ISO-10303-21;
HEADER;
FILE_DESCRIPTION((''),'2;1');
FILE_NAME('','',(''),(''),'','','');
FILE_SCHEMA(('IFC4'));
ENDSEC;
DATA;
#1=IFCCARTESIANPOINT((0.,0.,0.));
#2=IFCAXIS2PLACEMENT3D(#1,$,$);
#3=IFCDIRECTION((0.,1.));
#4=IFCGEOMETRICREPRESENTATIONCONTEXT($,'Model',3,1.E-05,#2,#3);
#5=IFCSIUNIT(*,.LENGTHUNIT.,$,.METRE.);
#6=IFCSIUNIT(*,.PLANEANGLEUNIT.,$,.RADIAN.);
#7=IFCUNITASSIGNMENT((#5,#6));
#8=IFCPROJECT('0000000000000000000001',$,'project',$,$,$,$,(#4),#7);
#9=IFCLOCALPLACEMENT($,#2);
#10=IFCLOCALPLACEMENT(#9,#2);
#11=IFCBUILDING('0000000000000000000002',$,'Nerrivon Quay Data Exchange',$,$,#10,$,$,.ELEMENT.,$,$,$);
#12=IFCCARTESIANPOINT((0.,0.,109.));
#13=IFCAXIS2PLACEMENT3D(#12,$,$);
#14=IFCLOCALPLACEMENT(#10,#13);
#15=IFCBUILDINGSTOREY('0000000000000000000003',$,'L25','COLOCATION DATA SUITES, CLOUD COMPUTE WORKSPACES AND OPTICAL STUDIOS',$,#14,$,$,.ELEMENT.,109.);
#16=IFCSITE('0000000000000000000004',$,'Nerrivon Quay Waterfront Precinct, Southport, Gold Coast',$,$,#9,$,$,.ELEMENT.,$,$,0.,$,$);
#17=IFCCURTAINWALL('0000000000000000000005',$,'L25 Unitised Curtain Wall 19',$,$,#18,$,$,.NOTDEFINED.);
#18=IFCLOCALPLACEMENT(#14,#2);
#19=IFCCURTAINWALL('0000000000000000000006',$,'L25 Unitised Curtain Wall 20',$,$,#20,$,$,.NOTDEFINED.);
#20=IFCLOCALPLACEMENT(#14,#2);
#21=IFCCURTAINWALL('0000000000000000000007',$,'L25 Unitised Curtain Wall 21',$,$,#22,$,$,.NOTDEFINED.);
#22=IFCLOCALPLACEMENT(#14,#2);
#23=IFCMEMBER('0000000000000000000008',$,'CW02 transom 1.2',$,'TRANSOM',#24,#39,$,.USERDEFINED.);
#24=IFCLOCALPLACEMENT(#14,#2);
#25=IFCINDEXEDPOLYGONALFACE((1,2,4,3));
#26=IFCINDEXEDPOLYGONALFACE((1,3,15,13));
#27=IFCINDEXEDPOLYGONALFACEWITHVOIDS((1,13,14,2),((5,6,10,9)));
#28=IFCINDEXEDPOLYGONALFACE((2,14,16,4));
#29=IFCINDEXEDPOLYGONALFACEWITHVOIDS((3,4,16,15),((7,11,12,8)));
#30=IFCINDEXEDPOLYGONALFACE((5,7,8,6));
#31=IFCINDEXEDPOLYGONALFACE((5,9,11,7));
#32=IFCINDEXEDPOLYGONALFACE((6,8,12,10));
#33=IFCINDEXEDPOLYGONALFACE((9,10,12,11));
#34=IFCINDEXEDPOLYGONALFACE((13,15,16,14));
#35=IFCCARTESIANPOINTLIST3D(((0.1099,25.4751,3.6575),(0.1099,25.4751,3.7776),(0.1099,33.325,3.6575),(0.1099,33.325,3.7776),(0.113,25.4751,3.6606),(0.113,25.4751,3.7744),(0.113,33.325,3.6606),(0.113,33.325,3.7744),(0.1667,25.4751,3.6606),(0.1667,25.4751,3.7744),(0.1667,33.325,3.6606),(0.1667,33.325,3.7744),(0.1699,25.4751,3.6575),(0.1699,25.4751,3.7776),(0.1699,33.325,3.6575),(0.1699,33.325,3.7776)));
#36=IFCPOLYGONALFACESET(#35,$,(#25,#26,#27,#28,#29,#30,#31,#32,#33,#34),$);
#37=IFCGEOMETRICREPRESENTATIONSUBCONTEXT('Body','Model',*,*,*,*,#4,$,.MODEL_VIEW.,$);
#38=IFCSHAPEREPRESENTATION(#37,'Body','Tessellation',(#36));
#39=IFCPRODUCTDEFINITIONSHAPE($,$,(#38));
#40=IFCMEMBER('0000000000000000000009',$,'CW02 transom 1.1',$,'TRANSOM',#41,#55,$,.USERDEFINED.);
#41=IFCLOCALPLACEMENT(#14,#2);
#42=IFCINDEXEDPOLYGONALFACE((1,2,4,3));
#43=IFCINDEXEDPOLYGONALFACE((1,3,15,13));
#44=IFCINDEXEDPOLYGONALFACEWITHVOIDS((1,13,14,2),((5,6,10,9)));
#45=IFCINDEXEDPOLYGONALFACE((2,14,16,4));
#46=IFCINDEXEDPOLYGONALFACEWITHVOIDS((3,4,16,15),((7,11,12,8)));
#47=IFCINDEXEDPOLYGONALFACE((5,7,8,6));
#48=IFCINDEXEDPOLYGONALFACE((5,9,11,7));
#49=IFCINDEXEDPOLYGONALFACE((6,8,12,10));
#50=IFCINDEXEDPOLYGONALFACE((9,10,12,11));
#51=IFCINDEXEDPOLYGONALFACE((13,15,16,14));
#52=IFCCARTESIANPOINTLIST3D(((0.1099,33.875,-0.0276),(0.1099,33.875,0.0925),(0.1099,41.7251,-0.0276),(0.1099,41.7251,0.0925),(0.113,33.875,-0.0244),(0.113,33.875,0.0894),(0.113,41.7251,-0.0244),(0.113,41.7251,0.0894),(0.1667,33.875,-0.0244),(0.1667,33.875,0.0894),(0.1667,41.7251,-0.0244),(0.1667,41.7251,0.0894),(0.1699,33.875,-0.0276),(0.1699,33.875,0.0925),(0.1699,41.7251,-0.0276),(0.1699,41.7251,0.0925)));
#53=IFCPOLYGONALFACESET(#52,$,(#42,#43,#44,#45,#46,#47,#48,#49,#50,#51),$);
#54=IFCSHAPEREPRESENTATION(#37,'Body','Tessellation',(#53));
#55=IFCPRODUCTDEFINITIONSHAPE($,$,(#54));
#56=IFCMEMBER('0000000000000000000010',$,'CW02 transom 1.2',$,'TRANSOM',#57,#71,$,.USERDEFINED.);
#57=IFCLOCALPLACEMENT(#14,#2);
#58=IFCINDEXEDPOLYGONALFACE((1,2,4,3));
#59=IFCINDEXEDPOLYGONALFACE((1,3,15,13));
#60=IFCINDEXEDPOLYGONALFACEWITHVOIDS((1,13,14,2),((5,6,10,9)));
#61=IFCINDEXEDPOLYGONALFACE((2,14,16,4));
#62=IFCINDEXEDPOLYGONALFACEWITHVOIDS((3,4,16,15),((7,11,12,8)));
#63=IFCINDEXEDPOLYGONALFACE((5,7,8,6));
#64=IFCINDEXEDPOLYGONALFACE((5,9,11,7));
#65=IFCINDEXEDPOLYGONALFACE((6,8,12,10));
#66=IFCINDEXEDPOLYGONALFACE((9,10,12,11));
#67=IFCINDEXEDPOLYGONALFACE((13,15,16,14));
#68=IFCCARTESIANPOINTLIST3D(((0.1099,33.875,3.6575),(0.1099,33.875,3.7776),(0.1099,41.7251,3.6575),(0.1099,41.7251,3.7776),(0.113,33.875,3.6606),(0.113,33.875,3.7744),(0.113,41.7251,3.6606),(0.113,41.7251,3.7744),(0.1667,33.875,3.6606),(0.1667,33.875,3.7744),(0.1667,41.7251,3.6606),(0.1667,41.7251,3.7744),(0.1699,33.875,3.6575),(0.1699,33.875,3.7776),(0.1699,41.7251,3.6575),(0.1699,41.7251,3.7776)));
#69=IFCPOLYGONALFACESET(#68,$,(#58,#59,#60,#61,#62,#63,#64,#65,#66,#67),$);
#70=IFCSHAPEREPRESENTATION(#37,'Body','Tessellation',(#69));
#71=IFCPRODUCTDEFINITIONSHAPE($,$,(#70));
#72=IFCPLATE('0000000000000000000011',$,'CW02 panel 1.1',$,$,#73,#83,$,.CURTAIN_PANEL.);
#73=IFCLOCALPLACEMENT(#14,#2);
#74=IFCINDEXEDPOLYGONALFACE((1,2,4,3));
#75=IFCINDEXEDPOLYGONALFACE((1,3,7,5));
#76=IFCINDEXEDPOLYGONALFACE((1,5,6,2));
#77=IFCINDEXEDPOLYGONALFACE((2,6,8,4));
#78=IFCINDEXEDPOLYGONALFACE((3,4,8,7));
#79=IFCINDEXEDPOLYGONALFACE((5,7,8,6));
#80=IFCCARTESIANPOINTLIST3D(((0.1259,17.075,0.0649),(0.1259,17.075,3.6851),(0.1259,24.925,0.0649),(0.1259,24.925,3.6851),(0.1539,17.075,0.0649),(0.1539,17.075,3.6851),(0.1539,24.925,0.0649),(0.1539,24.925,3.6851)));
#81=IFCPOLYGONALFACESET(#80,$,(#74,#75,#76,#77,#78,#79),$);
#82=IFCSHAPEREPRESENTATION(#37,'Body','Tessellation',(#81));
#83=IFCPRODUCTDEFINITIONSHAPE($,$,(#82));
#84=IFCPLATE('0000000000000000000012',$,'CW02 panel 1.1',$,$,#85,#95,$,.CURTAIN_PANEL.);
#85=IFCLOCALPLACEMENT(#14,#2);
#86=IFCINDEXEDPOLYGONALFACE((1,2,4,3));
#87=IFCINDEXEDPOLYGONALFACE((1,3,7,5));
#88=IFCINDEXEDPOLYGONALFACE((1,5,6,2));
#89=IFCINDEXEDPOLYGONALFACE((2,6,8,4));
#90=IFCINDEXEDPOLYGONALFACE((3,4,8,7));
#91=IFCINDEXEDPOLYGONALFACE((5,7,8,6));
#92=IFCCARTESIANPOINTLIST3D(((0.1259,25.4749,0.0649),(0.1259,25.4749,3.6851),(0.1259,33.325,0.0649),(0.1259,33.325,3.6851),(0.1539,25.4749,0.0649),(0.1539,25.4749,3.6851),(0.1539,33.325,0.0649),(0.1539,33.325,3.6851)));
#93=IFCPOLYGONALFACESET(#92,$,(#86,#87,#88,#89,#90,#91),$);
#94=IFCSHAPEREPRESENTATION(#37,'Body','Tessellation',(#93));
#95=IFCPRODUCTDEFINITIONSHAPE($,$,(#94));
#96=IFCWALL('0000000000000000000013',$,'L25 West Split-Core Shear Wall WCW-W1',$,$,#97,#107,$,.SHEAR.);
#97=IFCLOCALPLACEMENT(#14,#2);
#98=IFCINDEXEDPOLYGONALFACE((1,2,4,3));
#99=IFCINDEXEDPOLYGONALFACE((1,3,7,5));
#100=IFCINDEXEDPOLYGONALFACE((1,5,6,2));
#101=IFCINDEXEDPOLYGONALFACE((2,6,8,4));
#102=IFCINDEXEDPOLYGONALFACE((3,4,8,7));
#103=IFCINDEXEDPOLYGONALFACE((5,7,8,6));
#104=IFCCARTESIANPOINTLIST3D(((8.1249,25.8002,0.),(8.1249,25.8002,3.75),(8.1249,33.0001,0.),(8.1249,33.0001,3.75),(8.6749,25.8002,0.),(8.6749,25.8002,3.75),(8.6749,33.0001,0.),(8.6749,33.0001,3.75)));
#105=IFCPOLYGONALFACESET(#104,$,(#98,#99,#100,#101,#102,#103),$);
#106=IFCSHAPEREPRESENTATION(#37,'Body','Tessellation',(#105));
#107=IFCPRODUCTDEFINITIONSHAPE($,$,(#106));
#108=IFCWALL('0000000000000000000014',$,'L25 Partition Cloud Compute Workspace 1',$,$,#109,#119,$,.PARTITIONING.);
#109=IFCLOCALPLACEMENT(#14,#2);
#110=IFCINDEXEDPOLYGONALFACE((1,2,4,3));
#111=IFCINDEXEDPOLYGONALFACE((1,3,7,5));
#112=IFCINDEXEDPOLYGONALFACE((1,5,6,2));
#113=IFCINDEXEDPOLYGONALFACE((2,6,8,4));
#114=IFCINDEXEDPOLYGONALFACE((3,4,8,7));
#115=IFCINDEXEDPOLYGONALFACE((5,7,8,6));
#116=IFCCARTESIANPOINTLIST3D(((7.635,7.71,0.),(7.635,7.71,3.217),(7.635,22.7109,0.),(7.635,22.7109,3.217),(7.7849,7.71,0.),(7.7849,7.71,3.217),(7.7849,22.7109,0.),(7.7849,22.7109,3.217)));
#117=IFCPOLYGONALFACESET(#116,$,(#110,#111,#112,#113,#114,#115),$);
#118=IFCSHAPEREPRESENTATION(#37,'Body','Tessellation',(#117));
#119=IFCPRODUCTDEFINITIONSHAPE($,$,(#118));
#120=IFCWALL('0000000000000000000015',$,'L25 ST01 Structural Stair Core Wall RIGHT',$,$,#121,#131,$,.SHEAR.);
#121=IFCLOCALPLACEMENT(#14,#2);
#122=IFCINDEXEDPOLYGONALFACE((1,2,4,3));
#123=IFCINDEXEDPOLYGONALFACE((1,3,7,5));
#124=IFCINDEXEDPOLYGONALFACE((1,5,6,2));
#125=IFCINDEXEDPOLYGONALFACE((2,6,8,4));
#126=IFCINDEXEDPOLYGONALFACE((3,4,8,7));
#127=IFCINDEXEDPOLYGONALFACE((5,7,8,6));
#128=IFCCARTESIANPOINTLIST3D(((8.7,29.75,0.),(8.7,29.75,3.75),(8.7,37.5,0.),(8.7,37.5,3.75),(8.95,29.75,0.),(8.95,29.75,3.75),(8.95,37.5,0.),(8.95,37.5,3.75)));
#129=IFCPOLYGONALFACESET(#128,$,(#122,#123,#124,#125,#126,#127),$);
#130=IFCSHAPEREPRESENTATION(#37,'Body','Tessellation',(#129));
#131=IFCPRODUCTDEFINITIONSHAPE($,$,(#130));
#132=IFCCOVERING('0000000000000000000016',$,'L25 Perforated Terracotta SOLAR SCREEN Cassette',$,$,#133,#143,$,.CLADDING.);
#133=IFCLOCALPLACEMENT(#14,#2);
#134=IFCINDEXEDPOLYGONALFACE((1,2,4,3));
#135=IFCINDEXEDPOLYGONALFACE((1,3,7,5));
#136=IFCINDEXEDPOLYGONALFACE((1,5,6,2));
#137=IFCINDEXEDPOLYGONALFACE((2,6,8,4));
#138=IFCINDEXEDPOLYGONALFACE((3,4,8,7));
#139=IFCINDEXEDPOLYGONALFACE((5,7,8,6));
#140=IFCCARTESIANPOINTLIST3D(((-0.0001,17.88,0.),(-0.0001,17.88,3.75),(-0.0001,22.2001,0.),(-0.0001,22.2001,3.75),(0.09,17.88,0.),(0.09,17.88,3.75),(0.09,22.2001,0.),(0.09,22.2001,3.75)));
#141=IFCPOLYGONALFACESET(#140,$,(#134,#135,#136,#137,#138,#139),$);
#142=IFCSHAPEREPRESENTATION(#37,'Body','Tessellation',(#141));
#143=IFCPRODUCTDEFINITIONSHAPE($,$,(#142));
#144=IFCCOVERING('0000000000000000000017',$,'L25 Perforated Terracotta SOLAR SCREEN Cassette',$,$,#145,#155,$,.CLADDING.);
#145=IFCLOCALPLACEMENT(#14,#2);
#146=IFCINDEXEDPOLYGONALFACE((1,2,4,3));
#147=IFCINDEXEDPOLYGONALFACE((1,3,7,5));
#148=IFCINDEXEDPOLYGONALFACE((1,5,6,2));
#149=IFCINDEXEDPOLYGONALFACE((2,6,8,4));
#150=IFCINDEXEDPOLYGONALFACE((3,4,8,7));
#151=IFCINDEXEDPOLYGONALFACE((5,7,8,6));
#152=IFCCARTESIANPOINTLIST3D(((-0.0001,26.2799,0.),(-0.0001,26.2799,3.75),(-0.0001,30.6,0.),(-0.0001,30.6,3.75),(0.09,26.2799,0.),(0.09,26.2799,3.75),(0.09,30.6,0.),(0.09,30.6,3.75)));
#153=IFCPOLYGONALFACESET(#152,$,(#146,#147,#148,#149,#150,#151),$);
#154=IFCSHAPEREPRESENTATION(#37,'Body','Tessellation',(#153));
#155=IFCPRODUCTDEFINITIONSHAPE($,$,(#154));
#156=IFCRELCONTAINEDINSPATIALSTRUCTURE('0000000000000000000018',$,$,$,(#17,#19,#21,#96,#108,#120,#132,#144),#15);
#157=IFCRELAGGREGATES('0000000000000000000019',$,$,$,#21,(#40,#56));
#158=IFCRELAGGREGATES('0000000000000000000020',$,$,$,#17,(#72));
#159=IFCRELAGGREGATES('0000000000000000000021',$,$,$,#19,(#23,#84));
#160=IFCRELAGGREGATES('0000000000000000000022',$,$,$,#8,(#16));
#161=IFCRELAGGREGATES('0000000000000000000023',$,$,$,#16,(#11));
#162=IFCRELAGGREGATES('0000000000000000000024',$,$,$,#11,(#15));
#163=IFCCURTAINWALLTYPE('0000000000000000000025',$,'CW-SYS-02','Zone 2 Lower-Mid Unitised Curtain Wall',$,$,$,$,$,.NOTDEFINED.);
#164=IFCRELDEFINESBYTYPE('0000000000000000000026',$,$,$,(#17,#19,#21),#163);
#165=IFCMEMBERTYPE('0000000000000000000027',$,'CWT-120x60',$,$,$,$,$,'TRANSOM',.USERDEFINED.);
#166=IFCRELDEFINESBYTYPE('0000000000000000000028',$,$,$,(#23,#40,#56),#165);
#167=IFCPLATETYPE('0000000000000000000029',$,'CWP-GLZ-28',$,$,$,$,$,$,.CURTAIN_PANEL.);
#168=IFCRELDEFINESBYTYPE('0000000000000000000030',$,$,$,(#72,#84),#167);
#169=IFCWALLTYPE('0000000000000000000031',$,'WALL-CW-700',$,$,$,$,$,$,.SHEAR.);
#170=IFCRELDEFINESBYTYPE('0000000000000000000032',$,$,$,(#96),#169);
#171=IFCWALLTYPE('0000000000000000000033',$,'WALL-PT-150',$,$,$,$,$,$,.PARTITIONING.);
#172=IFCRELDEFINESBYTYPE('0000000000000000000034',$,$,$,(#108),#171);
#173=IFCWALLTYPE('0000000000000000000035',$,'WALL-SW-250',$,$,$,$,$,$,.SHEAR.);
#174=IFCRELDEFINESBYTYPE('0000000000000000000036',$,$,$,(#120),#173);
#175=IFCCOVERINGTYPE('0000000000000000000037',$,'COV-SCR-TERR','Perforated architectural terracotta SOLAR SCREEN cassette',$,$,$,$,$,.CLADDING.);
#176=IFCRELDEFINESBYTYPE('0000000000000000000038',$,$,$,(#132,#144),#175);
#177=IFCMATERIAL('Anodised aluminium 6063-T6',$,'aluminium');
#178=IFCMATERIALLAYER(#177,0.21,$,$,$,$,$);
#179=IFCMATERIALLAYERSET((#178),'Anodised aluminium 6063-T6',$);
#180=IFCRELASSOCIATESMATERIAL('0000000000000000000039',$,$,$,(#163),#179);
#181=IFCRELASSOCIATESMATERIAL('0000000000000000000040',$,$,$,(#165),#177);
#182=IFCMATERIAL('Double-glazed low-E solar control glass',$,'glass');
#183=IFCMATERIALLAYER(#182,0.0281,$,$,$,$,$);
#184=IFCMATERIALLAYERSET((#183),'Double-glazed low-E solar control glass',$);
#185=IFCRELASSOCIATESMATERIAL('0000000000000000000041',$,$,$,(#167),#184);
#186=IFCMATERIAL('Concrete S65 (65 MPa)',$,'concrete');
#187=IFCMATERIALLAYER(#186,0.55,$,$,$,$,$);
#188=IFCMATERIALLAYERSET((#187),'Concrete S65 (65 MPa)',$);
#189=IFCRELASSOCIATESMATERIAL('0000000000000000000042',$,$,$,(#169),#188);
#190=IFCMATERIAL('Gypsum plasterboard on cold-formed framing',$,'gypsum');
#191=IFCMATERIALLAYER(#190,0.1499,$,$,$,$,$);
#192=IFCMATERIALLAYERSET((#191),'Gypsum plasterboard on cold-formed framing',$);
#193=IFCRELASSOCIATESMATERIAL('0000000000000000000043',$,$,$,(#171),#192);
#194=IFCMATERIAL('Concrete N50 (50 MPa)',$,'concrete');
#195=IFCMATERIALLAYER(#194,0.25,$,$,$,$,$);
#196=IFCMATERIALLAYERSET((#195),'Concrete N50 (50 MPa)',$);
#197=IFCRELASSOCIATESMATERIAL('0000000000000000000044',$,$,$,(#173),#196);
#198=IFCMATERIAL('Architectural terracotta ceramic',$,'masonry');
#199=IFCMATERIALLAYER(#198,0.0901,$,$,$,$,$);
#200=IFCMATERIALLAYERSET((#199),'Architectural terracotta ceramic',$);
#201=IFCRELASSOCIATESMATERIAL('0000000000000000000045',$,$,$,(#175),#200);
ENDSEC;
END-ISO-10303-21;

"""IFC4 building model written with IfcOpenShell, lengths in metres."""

from ifc_helpers import new_model, si_unit, direction, frame, frame_2d, origin, origin_2d, place, context, subcontext, project, spatial, rectangle, hollow_rectangle, extrude, material, layer, layer_set, material_profile, profile_set, type_object, element, aggregate, save


model = new_model("IFC4")

# Units and contexts
model_context = context("Model", 3, precision=1e-05, world=origin(), true_north=direction((0.0, 1.0)))
body_context = subcontext(model_context, "Body", "Model", "MODEL_VIEW")
ifc_project = project(units=[si_unit("LENGTHUNIT", "METRE"), si_unit("PLANEANGLEUNIT", "RADIAN")], contexts=[model_context])

# Site, building, storey
site_placement = place(None, origin())
site = spatial("IfcSite", under=ifc_project, at=site_placement, Name="Nerrivon Quay Waterfront Precinct, Southport, Gold Coast", CompositionType="ELEMENT", RefElevation=0.0)
building_placement = place(site_placement, origin())
building = spatial("IfcBuilding", under=site, at=building_placement, Name="Nerrivon Quay Data Exchange", CompositionType="ELEMENT")
storey_placement = place(building_placement, frame((0.0, 0.0, 109.0)))
storey = spatial("IfcBuildingStorey", under=building, at=storey_placement, Name="L25", Description="COLOCATION DATA SUITES, CLOUD COMPUTE WORKSPACES AND OPTICAL STUDIOS", CompositionType="ELEMENT", Elevation=109.0)

# Shared definitions
ifc_material_1 = material(Name="Concrete S65 (65 MPa)", Category="concrete")

# Curtain walls
ifc_material_2 = material(Name="Anodised aluminium 6063-T6", Category="aluminium")
ifc_layer_1 = layer(ifc_material_2, 0.21)
ifc_layer_set_1 = layer_set([ifc_layer_1], Name="Anodised aluminium 6063-T6")
curtain_wall_type = type_object("IfcCurtainWallType", Name="CW-SYS-02", Description="Zone 2 Lower-Mid Unitised Curtain Wall", PredefinedType="NOTDEFINED", material=ifc_layer_set_1)
curtain_wall_1_placement = place(storey_placement, origin())
curtain_wall_1 = element("IfcCurtainWall", 1, at=curtain_wall_1_placement, inside=storey, type_object=curtain_wall_type, Name="L25 Unitised Curtain Wall 19", PredefinedType="NOTDEFINED")
curtain_wall_2_placement = place(storey_placement, origin())
curtain_wall_2 = element("IfcCurtainWall", 2, at=curtain_wall_2_placement, inside=storey, type_object=curtain_wall_type, Name="L25 Unitised Curtain Wall 20", PredefinedType="NOTDEFINED")

# Curtain wall
curtain_wall_3_placement = place(storey_placement, origin())
curtain_wall_3 = element("IfcCurtainWall", 3, at=curtain_wall_3_placement, inside=storey, type_object=curtain_wall_type, Name="L25 Unitised Curtain Wall 21", PredefinedType="NOTDEFINED")

# Members
ifc_material_profile_1 = material_profile(ifc_material_2, hollow_rectangle(XDim=0.0601, YDim=0.1201, WallThickness=0.0032, at=origin_2d()), Name="ALU-TRAN-120x60")
ifc_profile_set_1 = profile_set([ifc_material_profile_1], Name="Anodised aluminium 6063-T6")
member_type_1 = type_object("IfcMemberType", Name="CWT-120x60", ElementType="TRANSOM", PredefinedType="USERDEFINED", material=ifc_profile_set_1)
member_1_placement = place(storey_placement, frame((0.1399, 25.4751, 3.7175), z_axis=(0.0, 1.0, 0.0), x_axis=(-1.0, 0.0, 0.0)))
member_1 = element("IfcMember", 4, at=member_1_placement, type_object=member_type_1, Name="CW02 transom 1.2", ObjectType="TRANSOM", PredefinedType="USERDEFINED", context=body_context, shape_type="SweptSolid", body=[
    extrude(hollow_rectangle(XDim=0.0601, YDim=0.1201, WallThickness=0.0032, at=origin_2d()), origin(), (0.0, 0.0, 1.0), 7.8499),
])
member_2_placement = place(storey_placement, frame((0.1399, 33.875, 0.0325), z_axis=(0.0, 1.0, 0.0), x_axis=(-1.0, 0.0, 0.0)))
member_2 = element("IfcMember", 5, at=member_2_placement, type_object=member_type_1, Name="CW02 transom 1.1", ObjectType="TRANSOM", PredefinedType="USERDEFINED", context=body_context, shape_type="SweptSolid", body=[
    extrude(hollow_rectangle(XDim=0.0601, YDim=0.1201, WallThickness=0.0032, at=origin_2d()), origin(), (0.0, 0.0, 1.0), 7.8501),
])
member_3_placement = place(storey_placement, frame((0.1399, 33.875, 3.7175), z_axis=(0.0, 1.0, 0.0), x_axis=(-1.0, 0.0, 0.0)))
member_3 = element("IfcMember", 6, at=member_3_placement, type_object=member_type_1, Name="CW02 transom 1.2", ObjectType="TRANSOM", PredefinedType="USERDEFINED", context=body_context, shape_type="SweptSolid", body=[
    extrude(hollow_rectangle(XDim=0.0601, YDim=0.1201, WallThickness=0.0032, at=origin_2d()), origin(), (0.0, 0.0, 1.0), 7.8501),
])
aggregate(curtain_wall_3, [member_2, member_3])

# Plates
ifc_material_3 = material(Name="Double-glazed low-E solar control glass", Category="glass")
ifc_layer_2 = layer(ifc_material_3, 0.0281)
ifc_layer_set_2 = layer_set([ifc_layer_2], Name="Double-glazed low-E solar control glass")
plate_type = type_object("IfcPlateType", Name="CWP-GLZ-28", PredefinedType="CURTAIN_PANEL", material=ifc_layer_set_2)
plate_1_placement = place(storey_placement, frame((0.1399, 21.0, 0.0649), z_axis=(0.0, 0.0, 1.0), x_axis=(0.0, 1.0, 0.0)))
plate_1 = element("IfcPlate", 7, at=plate_1_placement, type_object=plate_type, Name="CW02 panel 1.1", PredefinedType="CURTAIN_PANEL", context=body_context, shape_type="SweptSolid", body=[
    extrude(rectangle(XDim=7.8501, YDim=0.0281, at=origin_2d()), origin(), (0.0, 0.0, 1.0), 3.6201),
])
aggregate(curtain_wall_1, [plate_1])
plate_2_placement = place(storey_placement, frame((0.1399, 29.3999, 0.0649), z_axis=(0.0, 0.0, 1.0), x_axis=(0.0, 1.0, 0.0)))
plate_2 = element("IfcPlate", 8, at=plate_2_placement, type_object=plate_type, Name="CW02 panel 1.1", PredefinedType="CURTAIN_PANEL", context=body_context, shape_type="SweptSolid", body=[
    extrude(rectangle(XDim=7.8501, YDim=0.0281, at=origin_2d()), origin(), (0.0, 0.0, 1.0), 3.6201),
])
aggregate(curtain_wall_2, [member_1, plate_2])

# Walls
ifc_layer_3 = layer(ifc_material_1, 0.55)
ifc_layer_set_3 = layer_set([ifc_layer_3], Name="Concrete S65 (65 MPa)")
wall_type_1 = type_object("IfcWallType", Name="WALL-CW-700", PredefinedType="SHEAR", material=ifc_layer_set_3)
wall_1_placement = place(storey_placement, frame((8.3999, 25.8, 0.0), z_axis=(0.0, 0.0, 1.0), x_axis=(0.0, 1.0, 0.0)))
element("IfcWall", 9, at=wall_1_placement, inside=storey, type_object=wall_type_1, Name="L25 West Split-Core Shear Wall WCW-W1", PredefinedType="SHEAR", context=body_context, shape_type="SweptSolid", body=[
    extrude(rectangle(XDim=7.2, YDim=0.55, at=frame_2d((3.6001, 0.0))), origin(), (0.0, 0.0, 1.0), 3.75),
])
ifc_material_4 = material(Name="Gypsum plasterboard on cold-formed framing", Category="gypsum")
ifc_layer_4 = layer(ifc_material_4, 0.1499)
ifc_layer_set_4 = layer_set([ifc_layer_4], Name="Gypsum plasterboard on cold-formed framing")
wall_type_2 = type_object("IfcWallType", Name="WALL-PT-150", PredefinedType="PARTITIONING", material=ifc_layer_set_4)
wall_2_placement = place(storey_placement, frame((7.71, 22.7109, 0.0), z_axis=(0.0, 0.0, 1.0), x_axis=(0.0, -1.0, 0.0)))
element("IfcWall", 10, at=wall_2_placement, inside=storey, type_object=wall_type_2, Name="L25 Partition Cloud Compute Workspace 1", PredefinedType="PARTITIONING", context=body_context, shape_type="SweptSolid", body=[
    extrude(rectangle(XDim=15.001, YDim=0.1499, at=frame_2d((7.5005, 0.0))), origin(), (0.0, 0.0, 1.0), 3.217),
])
ifc_material_5 = material(Name="Concrete N50 (50 MPa)", Category="concrete")
ifc_layer_5 = layer(ifc_material_5, 0.25)
ifc_layer_set_5 = layer_set([ifc_layer_5], Name="Concrete N50 (50 MPa)")
wall_type_3 = type_object("IfcWallType", Name="WALL-SW-250", PredefinedType="SHEAR", material=ifc_layer_set_5)
wall_3_placement = place(storey_placement, frame((8.825, 29.75, 0.0), z_axis=(0.0, 0.0, 1.0), x_axis=(0.0, 1.0, 0.0)))
element("IfcWall", 11, at=wall_3_placement, inside=storey, type_object=wall_type_3, Name="L25 ST01 Structural Stair Core Wall RIGHT", PredefinedType="SHEAR", context=body_context, shape_type="SweptSolid", body=[
    extrude(rectangle(XDim=7.75, YDim=0.25, at=frame_2d((3.875, 0.0))), origin(), (0.0, 0.0, 1.0), 3.75),
])

# Coverings
ifc_material_6 = material(Name="Architectural terracotta ceramic", Category="masonry")
ifc_layer_6 = layer(ifc_material_6, 0.0901)
ifc_layer_set_6 = layer_set([ifc_layer_6], Name="Architectural terracotta ceramic")
covering_type = type_object("IfcCoveringType", Name="COV-SCR-TERR", Description="Perforated architectural terracotta SOLAR SCREEN cassette", PredefinedType="CLADDING", material=ifc_layer_set_6)
for number, where, z_axis, x_axis, name in (
    (12, (0.0449, 20.04, 0.0), (0.0, 0.0, 1.0), (0.0, 1.0, 0.0), "L25 Perforated Terracotta SOLAR SCREEN Cassette"),
    (13, (0.0449, 28.4399, 0.0), (0.0, 0.0, 1.0), (0.0, 1.0, 0.0), "L25 Perforated Terracotta SOLAR SCREEN Cassette"),
):
    element("IfcCovering", number, at=place(storey_placement, frame(where, z_axis=z_axis, x_axis=x_axis)), inside=storey, type_object=covering_type, Name=name, PredefinedType="CLADDING", context=body_context, shape_type="SweptSolid", body=[
        extrude(rectangle(XDim=4.3201, YDim=0.0901, at=origin_2d()), origin(), (0.0, 0.0, 1.0), 3.75),
    ])

save(model, "model.ifc")
